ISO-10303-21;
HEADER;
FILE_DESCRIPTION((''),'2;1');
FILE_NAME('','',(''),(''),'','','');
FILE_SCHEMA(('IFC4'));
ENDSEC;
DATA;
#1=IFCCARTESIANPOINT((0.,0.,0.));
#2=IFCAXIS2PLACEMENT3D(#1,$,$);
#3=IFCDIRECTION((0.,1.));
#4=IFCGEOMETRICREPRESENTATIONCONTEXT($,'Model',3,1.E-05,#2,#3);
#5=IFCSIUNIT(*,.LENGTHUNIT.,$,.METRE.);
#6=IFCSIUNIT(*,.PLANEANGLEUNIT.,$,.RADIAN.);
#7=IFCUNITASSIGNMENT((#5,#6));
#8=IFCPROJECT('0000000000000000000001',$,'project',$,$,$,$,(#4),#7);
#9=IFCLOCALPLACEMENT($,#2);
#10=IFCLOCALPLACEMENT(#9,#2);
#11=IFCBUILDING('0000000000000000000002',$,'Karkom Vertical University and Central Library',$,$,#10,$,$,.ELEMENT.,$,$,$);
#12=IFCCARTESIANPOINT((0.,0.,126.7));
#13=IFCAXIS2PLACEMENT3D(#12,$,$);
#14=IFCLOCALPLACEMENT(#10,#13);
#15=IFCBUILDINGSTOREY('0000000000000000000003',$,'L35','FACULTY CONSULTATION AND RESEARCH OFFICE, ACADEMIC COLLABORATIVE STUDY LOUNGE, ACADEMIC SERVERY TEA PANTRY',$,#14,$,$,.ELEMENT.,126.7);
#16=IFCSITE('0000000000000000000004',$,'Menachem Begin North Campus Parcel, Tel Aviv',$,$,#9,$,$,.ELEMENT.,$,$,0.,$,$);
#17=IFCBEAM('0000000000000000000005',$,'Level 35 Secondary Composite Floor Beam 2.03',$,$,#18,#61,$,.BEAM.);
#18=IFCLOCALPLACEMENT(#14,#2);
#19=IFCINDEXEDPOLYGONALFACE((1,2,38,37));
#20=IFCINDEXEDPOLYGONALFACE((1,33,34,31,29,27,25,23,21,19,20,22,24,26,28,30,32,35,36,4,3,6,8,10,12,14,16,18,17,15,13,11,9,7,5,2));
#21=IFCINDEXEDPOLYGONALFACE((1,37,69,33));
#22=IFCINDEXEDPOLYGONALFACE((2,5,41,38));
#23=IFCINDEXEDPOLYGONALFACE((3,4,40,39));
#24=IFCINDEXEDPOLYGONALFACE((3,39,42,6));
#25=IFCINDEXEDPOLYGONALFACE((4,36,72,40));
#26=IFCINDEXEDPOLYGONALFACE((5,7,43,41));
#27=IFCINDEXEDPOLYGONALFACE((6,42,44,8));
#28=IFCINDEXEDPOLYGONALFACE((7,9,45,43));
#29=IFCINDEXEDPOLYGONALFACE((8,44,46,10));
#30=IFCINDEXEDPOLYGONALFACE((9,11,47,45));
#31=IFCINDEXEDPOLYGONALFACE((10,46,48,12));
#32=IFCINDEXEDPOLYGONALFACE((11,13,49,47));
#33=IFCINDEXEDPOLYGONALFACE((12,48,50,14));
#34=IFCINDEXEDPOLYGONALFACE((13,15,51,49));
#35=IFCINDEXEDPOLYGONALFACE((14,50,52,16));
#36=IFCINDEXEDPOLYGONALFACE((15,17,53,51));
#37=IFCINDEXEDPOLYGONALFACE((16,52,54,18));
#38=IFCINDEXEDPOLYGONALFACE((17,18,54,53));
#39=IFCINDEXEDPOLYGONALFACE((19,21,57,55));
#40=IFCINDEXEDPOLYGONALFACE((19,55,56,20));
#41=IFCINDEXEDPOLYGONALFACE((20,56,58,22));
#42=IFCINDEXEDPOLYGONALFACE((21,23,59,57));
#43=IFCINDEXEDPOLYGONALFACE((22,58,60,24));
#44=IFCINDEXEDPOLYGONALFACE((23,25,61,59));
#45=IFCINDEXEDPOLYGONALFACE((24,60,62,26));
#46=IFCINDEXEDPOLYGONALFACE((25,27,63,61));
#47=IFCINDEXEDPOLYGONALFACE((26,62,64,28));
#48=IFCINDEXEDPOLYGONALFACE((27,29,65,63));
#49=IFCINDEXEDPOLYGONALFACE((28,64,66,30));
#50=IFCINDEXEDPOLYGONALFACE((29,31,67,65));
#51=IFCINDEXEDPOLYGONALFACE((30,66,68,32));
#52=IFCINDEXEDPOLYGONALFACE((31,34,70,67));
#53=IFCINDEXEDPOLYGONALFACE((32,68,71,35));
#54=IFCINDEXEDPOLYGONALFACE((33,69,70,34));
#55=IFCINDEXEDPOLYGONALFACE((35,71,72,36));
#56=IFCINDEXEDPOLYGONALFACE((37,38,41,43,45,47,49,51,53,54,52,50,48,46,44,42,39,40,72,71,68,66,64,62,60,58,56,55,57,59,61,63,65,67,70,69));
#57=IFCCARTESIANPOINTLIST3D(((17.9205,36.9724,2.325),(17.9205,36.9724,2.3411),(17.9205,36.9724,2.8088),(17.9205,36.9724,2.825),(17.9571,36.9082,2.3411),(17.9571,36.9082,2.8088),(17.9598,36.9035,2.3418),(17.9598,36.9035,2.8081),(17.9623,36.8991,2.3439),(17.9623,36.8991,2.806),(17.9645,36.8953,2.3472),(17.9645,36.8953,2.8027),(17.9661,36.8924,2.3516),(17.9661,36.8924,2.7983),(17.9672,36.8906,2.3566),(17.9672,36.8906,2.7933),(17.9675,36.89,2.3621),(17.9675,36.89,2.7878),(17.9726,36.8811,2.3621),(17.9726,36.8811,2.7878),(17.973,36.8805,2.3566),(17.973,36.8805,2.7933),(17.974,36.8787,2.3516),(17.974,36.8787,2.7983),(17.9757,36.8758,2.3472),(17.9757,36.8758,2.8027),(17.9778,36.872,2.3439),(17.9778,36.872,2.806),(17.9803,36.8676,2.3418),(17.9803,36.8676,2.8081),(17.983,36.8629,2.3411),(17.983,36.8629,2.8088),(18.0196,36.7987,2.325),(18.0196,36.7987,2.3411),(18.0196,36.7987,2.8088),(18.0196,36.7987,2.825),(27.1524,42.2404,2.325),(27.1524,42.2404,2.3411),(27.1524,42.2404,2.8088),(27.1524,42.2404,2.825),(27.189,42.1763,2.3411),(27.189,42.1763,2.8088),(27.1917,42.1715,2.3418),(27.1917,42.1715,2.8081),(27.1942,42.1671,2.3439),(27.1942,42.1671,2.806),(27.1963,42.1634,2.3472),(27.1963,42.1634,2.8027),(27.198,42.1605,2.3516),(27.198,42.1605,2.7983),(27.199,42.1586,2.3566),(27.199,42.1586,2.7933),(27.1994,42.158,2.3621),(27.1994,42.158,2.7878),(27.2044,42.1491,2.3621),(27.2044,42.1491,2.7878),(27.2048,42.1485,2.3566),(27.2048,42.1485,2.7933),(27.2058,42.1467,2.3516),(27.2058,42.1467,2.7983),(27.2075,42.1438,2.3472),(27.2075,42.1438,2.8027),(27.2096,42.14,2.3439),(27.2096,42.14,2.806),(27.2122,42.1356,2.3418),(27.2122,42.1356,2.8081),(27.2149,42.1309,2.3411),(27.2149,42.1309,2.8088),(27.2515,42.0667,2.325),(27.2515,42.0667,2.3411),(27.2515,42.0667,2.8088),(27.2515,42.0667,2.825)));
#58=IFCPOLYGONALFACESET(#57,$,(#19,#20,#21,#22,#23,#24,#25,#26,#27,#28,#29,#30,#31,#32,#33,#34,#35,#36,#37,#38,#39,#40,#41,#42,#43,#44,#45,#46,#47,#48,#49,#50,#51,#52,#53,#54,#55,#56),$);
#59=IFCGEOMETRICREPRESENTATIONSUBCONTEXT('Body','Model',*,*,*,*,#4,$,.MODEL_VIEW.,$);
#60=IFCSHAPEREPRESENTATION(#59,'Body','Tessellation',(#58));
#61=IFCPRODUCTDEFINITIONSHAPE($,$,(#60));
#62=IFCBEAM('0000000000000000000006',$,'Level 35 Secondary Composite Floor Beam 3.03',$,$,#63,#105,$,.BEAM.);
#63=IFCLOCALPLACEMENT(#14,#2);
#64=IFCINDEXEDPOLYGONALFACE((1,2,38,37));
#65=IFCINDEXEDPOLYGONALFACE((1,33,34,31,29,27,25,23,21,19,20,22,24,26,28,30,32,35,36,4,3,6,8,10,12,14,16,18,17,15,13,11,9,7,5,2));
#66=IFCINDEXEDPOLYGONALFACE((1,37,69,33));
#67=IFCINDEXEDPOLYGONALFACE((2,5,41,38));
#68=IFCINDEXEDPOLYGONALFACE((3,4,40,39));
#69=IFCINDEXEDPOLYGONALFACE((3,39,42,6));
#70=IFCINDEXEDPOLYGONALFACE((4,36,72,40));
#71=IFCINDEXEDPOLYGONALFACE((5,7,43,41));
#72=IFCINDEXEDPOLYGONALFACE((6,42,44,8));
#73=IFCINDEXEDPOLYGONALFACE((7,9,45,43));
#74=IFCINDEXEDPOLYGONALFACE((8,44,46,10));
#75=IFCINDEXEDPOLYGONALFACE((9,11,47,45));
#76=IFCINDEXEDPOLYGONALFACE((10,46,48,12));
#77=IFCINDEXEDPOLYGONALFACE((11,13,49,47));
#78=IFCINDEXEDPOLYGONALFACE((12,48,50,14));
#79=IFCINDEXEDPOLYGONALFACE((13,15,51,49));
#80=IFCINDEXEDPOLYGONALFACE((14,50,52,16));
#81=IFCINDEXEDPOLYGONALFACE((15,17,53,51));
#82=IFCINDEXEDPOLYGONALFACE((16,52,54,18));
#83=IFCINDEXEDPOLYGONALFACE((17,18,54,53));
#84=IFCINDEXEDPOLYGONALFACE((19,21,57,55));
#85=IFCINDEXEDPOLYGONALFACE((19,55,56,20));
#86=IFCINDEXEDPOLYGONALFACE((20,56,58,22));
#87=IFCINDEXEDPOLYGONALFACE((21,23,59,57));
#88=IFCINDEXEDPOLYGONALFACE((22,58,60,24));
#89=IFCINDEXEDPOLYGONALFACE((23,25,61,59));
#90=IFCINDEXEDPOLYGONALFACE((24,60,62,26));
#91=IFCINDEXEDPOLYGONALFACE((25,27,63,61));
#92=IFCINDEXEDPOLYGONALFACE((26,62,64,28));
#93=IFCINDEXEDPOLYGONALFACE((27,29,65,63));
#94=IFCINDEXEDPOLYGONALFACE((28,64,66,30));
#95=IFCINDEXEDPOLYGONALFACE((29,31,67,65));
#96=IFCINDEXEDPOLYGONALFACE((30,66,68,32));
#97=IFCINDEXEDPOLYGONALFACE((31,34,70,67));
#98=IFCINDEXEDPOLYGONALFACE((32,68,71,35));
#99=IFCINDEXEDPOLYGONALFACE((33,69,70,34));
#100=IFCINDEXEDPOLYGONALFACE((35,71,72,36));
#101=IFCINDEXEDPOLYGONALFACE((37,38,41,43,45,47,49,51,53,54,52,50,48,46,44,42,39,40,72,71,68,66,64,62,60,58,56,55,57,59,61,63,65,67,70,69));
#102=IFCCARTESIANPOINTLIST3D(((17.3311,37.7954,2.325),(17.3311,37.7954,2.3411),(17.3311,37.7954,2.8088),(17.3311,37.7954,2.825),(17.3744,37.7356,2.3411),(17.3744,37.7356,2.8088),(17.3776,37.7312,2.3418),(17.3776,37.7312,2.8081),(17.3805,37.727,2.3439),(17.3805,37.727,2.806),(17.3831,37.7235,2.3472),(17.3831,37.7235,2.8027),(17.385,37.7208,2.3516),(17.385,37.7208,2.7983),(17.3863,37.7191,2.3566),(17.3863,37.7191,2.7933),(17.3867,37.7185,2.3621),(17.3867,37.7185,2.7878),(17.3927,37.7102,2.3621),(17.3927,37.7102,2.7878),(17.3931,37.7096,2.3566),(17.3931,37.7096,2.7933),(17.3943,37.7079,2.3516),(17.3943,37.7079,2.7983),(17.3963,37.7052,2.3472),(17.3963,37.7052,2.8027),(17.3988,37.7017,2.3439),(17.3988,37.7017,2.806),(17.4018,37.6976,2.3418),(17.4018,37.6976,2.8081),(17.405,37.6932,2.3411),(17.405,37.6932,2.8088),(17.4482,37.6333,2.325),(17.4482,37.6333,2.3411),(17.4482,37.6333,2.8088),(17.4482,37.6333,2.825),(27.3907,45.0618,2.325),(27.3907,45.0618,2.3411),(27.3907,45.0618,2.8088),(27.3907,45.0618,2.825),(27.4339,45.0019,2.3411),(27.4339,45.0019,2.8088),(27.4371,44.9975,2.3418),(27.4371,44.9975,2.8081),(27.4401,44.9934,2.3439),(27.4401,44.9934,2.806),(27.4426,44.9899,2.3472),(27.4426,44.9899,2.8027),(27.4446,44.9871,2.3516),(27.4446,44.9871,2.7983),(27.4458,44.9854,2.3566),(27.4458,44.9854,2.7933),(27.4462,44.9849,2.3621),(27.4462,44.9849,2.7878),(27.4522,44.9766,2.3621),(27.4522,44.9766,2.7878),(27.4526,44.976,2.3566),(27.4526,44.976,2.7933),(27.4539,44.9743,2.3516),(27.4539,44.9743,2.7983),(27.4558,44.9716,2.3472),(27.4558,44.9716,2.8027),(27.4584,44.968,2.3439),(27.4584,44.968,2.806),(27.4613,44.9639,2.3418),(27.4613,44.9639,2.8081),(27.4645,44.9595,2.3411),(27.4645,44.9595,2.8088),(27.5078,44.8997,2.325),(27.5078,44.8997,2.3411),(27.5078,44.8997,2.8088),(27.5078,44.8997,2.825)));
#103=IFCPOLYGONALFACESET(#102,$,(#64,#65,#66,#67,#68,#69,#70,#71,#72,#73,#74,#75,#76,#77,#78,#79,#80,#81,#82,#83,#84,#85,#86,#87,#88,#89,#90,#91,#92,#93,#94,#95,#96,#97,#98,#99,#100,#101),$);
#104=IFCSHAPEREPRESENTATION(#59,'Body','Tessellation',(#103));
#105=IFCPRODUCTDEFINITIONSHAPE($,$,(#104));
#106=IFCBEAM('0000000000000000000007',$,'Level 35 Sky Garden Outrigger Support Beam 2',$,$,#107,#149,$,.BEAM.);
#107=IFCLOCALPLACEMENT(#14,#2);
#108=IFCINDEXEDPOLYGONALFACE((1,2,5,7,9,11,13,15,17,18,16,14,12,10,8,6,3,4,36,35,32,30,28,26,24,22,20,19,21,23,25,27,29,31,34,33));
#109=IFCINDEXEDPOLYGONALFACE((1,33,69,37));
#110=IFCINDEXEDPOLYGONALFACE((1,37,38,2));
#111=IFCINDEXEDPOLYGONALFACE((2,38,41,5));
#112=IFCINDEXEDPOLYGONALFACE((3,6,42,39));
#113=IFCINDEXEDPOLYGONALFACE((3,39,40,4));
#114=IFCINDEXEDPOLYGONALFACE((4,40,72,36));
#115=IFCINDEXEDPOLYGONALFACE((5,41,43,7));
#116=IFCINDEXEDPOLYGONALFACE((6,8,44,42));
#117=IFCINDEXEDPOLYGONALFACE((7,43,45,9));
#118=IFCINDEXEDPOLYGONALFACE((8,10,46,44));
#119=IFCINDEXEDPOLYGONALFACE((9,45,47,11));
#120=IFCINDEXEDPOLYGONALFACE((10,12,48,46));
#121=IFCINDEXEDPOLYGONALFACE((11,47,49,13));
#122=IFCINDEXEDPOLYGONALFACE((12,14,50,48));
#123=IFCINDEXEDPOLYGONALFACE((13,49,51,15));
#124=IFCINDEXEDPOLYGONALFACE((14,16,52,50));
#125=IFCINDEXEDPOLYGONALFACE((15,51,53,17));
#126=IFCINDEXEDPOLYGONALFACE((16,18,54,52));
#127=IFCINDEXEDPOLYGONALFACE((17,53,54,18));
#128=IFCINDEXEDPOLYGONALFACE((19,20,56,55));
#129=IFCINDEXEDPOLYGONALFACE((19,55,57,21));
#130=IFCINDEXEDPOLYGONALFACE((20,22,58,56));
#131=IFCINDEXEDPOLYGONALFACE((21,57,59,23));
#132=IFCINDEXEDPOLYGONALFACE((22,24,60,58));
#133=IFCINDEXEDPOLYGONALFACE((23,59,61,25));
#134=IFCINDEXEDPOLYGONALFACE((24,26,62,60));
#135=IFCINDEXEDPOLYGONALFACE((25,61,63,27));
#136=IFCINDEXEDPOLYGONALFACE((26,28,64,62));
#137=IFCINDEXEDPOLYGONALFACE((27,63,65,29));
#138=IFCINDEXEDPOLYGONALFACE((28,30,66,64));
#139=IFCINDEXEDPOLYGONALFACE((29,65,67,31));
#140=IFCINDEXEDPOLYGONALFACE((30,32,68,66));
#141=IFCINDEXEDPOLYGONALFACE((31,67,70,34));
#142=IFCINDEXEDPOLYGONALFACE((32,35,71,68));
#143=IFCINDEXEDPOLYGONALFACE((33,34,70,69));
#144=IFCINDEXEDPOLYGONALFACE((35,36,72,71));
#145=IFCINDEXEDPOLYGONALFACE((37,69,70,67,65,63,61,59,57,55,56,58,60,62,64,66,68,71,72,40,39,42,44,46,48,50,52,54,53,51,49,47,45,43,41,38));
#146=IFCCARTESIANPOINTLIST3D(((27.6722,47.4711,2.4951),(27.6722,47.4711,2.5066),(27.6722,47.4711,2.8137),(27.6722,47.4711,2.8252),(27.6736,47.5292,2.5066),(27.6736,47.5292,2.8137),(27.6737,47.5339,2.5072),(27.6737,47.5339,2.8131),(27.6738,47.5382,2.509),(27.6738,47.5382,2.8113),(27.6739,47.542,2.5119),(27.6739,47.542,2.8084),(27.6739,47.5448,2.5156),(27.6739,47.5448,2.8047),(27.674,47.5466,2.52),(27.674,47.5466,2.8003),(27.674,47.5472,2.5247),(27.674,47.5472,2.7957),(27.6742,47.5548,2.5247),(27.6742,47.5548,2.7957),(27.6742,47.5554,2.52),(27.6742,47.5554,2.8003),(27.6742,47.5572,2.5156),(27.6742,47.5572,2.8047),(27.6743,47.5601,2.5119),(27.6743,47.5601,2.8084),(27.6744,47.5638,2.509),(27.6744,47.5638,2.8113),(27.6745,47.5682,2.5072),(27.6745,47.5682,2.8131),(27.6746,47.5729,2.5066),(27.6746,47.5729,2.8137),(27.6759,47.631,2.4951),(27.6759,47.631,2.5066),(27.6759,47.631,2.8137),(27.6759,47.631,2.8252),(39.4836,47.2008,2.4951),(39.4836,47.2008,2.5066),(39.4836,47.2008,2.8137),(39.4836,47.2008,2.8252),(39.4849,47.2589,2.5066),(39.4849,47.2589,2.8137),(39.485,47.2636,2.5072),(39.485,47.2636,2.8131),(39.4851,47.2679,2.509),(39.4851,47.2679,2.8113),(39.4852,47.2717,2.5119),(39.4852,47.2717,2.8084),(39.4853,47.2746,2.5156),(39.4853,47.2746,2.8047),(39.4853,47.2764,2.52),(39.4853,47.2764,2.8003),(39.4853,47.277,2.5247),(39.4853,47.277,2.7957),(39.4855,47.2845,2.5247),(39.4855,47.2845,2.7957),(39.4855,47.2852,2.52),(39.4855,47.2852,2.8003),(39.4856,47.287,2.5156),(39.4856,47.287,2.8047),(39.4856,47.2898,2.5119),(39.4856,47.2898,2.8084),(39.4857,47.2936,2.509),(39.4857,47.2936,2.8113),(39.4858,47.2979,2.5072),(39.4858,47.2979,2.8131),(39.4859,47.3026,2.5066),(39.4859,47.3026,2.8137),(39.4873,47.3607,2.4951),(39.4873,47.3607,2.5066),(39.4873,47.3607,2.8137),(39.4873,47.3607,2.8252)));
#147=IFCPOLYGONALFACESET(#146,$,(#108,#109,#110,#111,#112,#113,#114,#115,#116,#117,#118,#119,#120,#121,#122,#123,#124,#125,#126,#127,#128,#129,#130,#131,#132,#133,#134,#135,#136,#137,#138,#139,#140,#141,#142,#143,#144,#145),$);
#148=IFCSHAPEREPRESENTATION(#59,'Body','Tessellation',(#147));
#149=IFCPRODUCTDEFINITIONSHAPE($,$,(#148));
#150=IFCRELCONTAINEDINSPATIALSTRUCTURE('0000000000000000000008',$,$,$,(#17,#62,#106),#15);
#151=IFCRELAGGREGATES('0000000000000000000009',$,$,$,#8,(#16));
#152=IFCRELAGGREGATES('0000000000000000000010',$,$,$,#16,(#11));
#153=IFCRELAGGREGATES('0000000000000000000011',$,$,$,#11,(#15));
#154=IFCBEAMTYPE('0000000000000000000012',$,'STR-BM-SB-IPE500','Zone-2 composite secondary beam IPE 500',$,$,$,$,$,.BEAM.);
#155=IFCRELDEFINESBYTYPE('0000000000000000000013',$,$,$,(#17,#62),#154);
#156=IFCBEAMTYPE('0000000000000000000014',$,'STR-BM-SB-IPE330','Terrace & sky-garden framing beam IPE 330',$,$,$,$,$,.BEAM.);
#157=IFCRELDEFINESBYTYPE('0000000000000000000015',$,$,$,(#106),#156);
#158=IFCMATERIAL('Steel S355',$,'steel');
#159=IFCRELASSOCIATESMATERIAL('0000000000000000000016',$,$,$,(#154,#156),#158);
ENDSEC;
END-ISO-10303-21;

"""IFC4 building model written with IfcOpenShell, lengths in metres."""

from ifc_helpers import new_model, si_unit, direction, frame, origin, origin_with_axes, origin_2d, place, context, subcontext, project, spatial, i_section, extrude, source, transform, mapped, material, material_profile, profile_set, type_object, element, save


model = new_model("IFC4")

# Units and contexts
model_context = context("Model", 3, precision=1e-05, world=origin(), true_north=direction((0.0, 1.0)))
body_context = subcontext(model_context, "Body", "Model", "MODEL_VIEW")
ifc_project = project(units=[si_unit("LENGTHUNIT", "METRE"), si_unit("PLANEANGLEUNIT", "RADIAN")], contexts=[model_context])

# Site, building, storey
site_placement = place(None, origin())
site = spatial("IfcSite", under=ifc_project, at=site_placement, Name="Menachem Begin North Campus Parcel, Tel Aviv", CompositionType="ELEMENT", RefElevation=0.0)
building_placement = place(site_placement, origin())
building = spatial("IfcBuilding", under=site, at=building_placement, Name="Karkom Vertical University and Central Library", CompositionType="ELEMENT")
storey_placement = place(building_placement, frame((0.0, 0.0, 126.7)))
storey = spatial("IfcBuildingStorey", under=building, at=storey_placement, Name="L35", Description="FACULTY CONSULTATION AND RESEARCH OFFICE, ACADEMIC COLLABORATIVE STUDY LOUNGE, ACADEMIC SERVERY TEA PANTRY", CompositionType="ELEMENT", Elevation=126.7)

# Beams
ifc_material_1 = material(Name="Steel S355", Category="steel")
ifc_material_profile_1 = material_profile(ifc_material_1, i_section(OverallWidth=0.2, OverallDepth=0.5, WebThickness=0.0103, FlangeThickness=0.0161, FilletRadius=0.021, at=origin_2d()), Name="IPE 500")
ifc_profile_set_1 = profile_set([ifc_material_profile_1], Name="Steel S355")
beam_type_1 = type_object("IfcBeamType", Name="STR-BM-SB-IPE500", Description="Zone-2 composite secondary beam IPE 500", PredefinedType="BEAM", material=ifc_profile_set_1)
shared_shape_1 = source(origin_with_axes(), body_context, "Body", "SweptSolid", [
    extrude(i_section(OverallWidth=0.2, OverallDepth=0.5, WebThickness=0.0103, FlangeThickness=0.0161, FilletRadius=0.021, at=origin_2d()), origin(), (0.0, 0.0, 1.0), 10.6292),
])
beam_1_placement = place(storey_placement, frame((27.2019, 42.1536, 2.575), z_axis=(-0.86854, -0.495619, 0.0), x_axis=(0.495619, -0.86854, 0.0)))
element("IfcBeam", 1, at=beam_1_placement, inside=storey, type_object=beam_type_1, Name="Level 35 Secondary Composite Floor Beam 2.03", PredefinedType="BEAM", context=body_context, shape_type="MappedRepresentation", body=[
    mapped(shared_shape_1, transform((0.0, 0.0, 0.0), scale=1.0)),
])
shared_shape_2 = source(origin_with_axes(), body_context, "Body", "SweptSolid", [
    extrude(i_section(OverallWidth=0.2, OverallDepth=0.5, WebThickness=0.0103, FlangeThickness=0.0161, FilletRadius=0.021, at=origin_2d()), origin(), (0.0, 0.0, 1.0), 12.4094),
])
beam_2_placement = place(storey_placement, frame((27.4492, 44.9807, 2.575), z_axis=(-0.810637, -0.585549, 0.0), x_axis=(0.585549, -0.810637, 0.0)))
element("IfcBeam", 2, at=beam_2_placement, inside=storey, type_object=beam_type_1, Name="Level 35 Secondary Composite Floor Beam 3.03", PredefinedType="BEAM", context=body_context, shape_type="MappedRepresentation", body=[
    mapped(shared_shape_2, transform((0.0, 0.0, 0.0), scale=1.0)),
])
ifc_material_profile_2 = material_profile(ifc_material_1, i_section(OverallWidth=0.1599, OverallDepth=0.3301, WebThickness=0.0076, FlangeThickness=0.0115, FilletRadius=0.0181, at=origin_2d()), Name="IPE 330")
ifc_profile_set_2 = profile_set([ifc_material_profile_2], Name="Steel S355")
beam_type_2 = type_object("IfcBeamType", Name="STR-BM-SB-IPE330", Description="Terrace & sky-garden framing beam IPE 330", PredefinedType="BEAM", material=ifc_profile_set_2)
shared_shape_3 = source(origin_with_axes(), body_context, "Body", "SweptSolid", [
    extrude(i_section(OverallWidth=0.1599, OverallDepth=0.3301, WebThickness=0.0076, FlangeThickness=0.0115, FilletRadius=0.0181, at=origin_2d()), origin(), (0.0, 0.0, 1.0), 11.8145),
])
beam_3_placement = place(storey_placement, frame((27.6741, 47.551, 2.6602), z_axis=(0.999738, -0.022876, 0.0), x_axis=(0.022876, 0.999738, 0.0)))
element("IfcBeam", 3, at=beam_3_placement, inside=storey, type_object=beam_type_2, Name="Level 35 Sky Garden Outrigger Support Beam 2", PredefinedType="BEAM", context=body_context, shape_type="MappedRepresentation", body=[
    mapped(shared_shape_3, transform((0.0, 0.0, 0.0), scale=1.0)),
])

save(model, "model.ifc")
